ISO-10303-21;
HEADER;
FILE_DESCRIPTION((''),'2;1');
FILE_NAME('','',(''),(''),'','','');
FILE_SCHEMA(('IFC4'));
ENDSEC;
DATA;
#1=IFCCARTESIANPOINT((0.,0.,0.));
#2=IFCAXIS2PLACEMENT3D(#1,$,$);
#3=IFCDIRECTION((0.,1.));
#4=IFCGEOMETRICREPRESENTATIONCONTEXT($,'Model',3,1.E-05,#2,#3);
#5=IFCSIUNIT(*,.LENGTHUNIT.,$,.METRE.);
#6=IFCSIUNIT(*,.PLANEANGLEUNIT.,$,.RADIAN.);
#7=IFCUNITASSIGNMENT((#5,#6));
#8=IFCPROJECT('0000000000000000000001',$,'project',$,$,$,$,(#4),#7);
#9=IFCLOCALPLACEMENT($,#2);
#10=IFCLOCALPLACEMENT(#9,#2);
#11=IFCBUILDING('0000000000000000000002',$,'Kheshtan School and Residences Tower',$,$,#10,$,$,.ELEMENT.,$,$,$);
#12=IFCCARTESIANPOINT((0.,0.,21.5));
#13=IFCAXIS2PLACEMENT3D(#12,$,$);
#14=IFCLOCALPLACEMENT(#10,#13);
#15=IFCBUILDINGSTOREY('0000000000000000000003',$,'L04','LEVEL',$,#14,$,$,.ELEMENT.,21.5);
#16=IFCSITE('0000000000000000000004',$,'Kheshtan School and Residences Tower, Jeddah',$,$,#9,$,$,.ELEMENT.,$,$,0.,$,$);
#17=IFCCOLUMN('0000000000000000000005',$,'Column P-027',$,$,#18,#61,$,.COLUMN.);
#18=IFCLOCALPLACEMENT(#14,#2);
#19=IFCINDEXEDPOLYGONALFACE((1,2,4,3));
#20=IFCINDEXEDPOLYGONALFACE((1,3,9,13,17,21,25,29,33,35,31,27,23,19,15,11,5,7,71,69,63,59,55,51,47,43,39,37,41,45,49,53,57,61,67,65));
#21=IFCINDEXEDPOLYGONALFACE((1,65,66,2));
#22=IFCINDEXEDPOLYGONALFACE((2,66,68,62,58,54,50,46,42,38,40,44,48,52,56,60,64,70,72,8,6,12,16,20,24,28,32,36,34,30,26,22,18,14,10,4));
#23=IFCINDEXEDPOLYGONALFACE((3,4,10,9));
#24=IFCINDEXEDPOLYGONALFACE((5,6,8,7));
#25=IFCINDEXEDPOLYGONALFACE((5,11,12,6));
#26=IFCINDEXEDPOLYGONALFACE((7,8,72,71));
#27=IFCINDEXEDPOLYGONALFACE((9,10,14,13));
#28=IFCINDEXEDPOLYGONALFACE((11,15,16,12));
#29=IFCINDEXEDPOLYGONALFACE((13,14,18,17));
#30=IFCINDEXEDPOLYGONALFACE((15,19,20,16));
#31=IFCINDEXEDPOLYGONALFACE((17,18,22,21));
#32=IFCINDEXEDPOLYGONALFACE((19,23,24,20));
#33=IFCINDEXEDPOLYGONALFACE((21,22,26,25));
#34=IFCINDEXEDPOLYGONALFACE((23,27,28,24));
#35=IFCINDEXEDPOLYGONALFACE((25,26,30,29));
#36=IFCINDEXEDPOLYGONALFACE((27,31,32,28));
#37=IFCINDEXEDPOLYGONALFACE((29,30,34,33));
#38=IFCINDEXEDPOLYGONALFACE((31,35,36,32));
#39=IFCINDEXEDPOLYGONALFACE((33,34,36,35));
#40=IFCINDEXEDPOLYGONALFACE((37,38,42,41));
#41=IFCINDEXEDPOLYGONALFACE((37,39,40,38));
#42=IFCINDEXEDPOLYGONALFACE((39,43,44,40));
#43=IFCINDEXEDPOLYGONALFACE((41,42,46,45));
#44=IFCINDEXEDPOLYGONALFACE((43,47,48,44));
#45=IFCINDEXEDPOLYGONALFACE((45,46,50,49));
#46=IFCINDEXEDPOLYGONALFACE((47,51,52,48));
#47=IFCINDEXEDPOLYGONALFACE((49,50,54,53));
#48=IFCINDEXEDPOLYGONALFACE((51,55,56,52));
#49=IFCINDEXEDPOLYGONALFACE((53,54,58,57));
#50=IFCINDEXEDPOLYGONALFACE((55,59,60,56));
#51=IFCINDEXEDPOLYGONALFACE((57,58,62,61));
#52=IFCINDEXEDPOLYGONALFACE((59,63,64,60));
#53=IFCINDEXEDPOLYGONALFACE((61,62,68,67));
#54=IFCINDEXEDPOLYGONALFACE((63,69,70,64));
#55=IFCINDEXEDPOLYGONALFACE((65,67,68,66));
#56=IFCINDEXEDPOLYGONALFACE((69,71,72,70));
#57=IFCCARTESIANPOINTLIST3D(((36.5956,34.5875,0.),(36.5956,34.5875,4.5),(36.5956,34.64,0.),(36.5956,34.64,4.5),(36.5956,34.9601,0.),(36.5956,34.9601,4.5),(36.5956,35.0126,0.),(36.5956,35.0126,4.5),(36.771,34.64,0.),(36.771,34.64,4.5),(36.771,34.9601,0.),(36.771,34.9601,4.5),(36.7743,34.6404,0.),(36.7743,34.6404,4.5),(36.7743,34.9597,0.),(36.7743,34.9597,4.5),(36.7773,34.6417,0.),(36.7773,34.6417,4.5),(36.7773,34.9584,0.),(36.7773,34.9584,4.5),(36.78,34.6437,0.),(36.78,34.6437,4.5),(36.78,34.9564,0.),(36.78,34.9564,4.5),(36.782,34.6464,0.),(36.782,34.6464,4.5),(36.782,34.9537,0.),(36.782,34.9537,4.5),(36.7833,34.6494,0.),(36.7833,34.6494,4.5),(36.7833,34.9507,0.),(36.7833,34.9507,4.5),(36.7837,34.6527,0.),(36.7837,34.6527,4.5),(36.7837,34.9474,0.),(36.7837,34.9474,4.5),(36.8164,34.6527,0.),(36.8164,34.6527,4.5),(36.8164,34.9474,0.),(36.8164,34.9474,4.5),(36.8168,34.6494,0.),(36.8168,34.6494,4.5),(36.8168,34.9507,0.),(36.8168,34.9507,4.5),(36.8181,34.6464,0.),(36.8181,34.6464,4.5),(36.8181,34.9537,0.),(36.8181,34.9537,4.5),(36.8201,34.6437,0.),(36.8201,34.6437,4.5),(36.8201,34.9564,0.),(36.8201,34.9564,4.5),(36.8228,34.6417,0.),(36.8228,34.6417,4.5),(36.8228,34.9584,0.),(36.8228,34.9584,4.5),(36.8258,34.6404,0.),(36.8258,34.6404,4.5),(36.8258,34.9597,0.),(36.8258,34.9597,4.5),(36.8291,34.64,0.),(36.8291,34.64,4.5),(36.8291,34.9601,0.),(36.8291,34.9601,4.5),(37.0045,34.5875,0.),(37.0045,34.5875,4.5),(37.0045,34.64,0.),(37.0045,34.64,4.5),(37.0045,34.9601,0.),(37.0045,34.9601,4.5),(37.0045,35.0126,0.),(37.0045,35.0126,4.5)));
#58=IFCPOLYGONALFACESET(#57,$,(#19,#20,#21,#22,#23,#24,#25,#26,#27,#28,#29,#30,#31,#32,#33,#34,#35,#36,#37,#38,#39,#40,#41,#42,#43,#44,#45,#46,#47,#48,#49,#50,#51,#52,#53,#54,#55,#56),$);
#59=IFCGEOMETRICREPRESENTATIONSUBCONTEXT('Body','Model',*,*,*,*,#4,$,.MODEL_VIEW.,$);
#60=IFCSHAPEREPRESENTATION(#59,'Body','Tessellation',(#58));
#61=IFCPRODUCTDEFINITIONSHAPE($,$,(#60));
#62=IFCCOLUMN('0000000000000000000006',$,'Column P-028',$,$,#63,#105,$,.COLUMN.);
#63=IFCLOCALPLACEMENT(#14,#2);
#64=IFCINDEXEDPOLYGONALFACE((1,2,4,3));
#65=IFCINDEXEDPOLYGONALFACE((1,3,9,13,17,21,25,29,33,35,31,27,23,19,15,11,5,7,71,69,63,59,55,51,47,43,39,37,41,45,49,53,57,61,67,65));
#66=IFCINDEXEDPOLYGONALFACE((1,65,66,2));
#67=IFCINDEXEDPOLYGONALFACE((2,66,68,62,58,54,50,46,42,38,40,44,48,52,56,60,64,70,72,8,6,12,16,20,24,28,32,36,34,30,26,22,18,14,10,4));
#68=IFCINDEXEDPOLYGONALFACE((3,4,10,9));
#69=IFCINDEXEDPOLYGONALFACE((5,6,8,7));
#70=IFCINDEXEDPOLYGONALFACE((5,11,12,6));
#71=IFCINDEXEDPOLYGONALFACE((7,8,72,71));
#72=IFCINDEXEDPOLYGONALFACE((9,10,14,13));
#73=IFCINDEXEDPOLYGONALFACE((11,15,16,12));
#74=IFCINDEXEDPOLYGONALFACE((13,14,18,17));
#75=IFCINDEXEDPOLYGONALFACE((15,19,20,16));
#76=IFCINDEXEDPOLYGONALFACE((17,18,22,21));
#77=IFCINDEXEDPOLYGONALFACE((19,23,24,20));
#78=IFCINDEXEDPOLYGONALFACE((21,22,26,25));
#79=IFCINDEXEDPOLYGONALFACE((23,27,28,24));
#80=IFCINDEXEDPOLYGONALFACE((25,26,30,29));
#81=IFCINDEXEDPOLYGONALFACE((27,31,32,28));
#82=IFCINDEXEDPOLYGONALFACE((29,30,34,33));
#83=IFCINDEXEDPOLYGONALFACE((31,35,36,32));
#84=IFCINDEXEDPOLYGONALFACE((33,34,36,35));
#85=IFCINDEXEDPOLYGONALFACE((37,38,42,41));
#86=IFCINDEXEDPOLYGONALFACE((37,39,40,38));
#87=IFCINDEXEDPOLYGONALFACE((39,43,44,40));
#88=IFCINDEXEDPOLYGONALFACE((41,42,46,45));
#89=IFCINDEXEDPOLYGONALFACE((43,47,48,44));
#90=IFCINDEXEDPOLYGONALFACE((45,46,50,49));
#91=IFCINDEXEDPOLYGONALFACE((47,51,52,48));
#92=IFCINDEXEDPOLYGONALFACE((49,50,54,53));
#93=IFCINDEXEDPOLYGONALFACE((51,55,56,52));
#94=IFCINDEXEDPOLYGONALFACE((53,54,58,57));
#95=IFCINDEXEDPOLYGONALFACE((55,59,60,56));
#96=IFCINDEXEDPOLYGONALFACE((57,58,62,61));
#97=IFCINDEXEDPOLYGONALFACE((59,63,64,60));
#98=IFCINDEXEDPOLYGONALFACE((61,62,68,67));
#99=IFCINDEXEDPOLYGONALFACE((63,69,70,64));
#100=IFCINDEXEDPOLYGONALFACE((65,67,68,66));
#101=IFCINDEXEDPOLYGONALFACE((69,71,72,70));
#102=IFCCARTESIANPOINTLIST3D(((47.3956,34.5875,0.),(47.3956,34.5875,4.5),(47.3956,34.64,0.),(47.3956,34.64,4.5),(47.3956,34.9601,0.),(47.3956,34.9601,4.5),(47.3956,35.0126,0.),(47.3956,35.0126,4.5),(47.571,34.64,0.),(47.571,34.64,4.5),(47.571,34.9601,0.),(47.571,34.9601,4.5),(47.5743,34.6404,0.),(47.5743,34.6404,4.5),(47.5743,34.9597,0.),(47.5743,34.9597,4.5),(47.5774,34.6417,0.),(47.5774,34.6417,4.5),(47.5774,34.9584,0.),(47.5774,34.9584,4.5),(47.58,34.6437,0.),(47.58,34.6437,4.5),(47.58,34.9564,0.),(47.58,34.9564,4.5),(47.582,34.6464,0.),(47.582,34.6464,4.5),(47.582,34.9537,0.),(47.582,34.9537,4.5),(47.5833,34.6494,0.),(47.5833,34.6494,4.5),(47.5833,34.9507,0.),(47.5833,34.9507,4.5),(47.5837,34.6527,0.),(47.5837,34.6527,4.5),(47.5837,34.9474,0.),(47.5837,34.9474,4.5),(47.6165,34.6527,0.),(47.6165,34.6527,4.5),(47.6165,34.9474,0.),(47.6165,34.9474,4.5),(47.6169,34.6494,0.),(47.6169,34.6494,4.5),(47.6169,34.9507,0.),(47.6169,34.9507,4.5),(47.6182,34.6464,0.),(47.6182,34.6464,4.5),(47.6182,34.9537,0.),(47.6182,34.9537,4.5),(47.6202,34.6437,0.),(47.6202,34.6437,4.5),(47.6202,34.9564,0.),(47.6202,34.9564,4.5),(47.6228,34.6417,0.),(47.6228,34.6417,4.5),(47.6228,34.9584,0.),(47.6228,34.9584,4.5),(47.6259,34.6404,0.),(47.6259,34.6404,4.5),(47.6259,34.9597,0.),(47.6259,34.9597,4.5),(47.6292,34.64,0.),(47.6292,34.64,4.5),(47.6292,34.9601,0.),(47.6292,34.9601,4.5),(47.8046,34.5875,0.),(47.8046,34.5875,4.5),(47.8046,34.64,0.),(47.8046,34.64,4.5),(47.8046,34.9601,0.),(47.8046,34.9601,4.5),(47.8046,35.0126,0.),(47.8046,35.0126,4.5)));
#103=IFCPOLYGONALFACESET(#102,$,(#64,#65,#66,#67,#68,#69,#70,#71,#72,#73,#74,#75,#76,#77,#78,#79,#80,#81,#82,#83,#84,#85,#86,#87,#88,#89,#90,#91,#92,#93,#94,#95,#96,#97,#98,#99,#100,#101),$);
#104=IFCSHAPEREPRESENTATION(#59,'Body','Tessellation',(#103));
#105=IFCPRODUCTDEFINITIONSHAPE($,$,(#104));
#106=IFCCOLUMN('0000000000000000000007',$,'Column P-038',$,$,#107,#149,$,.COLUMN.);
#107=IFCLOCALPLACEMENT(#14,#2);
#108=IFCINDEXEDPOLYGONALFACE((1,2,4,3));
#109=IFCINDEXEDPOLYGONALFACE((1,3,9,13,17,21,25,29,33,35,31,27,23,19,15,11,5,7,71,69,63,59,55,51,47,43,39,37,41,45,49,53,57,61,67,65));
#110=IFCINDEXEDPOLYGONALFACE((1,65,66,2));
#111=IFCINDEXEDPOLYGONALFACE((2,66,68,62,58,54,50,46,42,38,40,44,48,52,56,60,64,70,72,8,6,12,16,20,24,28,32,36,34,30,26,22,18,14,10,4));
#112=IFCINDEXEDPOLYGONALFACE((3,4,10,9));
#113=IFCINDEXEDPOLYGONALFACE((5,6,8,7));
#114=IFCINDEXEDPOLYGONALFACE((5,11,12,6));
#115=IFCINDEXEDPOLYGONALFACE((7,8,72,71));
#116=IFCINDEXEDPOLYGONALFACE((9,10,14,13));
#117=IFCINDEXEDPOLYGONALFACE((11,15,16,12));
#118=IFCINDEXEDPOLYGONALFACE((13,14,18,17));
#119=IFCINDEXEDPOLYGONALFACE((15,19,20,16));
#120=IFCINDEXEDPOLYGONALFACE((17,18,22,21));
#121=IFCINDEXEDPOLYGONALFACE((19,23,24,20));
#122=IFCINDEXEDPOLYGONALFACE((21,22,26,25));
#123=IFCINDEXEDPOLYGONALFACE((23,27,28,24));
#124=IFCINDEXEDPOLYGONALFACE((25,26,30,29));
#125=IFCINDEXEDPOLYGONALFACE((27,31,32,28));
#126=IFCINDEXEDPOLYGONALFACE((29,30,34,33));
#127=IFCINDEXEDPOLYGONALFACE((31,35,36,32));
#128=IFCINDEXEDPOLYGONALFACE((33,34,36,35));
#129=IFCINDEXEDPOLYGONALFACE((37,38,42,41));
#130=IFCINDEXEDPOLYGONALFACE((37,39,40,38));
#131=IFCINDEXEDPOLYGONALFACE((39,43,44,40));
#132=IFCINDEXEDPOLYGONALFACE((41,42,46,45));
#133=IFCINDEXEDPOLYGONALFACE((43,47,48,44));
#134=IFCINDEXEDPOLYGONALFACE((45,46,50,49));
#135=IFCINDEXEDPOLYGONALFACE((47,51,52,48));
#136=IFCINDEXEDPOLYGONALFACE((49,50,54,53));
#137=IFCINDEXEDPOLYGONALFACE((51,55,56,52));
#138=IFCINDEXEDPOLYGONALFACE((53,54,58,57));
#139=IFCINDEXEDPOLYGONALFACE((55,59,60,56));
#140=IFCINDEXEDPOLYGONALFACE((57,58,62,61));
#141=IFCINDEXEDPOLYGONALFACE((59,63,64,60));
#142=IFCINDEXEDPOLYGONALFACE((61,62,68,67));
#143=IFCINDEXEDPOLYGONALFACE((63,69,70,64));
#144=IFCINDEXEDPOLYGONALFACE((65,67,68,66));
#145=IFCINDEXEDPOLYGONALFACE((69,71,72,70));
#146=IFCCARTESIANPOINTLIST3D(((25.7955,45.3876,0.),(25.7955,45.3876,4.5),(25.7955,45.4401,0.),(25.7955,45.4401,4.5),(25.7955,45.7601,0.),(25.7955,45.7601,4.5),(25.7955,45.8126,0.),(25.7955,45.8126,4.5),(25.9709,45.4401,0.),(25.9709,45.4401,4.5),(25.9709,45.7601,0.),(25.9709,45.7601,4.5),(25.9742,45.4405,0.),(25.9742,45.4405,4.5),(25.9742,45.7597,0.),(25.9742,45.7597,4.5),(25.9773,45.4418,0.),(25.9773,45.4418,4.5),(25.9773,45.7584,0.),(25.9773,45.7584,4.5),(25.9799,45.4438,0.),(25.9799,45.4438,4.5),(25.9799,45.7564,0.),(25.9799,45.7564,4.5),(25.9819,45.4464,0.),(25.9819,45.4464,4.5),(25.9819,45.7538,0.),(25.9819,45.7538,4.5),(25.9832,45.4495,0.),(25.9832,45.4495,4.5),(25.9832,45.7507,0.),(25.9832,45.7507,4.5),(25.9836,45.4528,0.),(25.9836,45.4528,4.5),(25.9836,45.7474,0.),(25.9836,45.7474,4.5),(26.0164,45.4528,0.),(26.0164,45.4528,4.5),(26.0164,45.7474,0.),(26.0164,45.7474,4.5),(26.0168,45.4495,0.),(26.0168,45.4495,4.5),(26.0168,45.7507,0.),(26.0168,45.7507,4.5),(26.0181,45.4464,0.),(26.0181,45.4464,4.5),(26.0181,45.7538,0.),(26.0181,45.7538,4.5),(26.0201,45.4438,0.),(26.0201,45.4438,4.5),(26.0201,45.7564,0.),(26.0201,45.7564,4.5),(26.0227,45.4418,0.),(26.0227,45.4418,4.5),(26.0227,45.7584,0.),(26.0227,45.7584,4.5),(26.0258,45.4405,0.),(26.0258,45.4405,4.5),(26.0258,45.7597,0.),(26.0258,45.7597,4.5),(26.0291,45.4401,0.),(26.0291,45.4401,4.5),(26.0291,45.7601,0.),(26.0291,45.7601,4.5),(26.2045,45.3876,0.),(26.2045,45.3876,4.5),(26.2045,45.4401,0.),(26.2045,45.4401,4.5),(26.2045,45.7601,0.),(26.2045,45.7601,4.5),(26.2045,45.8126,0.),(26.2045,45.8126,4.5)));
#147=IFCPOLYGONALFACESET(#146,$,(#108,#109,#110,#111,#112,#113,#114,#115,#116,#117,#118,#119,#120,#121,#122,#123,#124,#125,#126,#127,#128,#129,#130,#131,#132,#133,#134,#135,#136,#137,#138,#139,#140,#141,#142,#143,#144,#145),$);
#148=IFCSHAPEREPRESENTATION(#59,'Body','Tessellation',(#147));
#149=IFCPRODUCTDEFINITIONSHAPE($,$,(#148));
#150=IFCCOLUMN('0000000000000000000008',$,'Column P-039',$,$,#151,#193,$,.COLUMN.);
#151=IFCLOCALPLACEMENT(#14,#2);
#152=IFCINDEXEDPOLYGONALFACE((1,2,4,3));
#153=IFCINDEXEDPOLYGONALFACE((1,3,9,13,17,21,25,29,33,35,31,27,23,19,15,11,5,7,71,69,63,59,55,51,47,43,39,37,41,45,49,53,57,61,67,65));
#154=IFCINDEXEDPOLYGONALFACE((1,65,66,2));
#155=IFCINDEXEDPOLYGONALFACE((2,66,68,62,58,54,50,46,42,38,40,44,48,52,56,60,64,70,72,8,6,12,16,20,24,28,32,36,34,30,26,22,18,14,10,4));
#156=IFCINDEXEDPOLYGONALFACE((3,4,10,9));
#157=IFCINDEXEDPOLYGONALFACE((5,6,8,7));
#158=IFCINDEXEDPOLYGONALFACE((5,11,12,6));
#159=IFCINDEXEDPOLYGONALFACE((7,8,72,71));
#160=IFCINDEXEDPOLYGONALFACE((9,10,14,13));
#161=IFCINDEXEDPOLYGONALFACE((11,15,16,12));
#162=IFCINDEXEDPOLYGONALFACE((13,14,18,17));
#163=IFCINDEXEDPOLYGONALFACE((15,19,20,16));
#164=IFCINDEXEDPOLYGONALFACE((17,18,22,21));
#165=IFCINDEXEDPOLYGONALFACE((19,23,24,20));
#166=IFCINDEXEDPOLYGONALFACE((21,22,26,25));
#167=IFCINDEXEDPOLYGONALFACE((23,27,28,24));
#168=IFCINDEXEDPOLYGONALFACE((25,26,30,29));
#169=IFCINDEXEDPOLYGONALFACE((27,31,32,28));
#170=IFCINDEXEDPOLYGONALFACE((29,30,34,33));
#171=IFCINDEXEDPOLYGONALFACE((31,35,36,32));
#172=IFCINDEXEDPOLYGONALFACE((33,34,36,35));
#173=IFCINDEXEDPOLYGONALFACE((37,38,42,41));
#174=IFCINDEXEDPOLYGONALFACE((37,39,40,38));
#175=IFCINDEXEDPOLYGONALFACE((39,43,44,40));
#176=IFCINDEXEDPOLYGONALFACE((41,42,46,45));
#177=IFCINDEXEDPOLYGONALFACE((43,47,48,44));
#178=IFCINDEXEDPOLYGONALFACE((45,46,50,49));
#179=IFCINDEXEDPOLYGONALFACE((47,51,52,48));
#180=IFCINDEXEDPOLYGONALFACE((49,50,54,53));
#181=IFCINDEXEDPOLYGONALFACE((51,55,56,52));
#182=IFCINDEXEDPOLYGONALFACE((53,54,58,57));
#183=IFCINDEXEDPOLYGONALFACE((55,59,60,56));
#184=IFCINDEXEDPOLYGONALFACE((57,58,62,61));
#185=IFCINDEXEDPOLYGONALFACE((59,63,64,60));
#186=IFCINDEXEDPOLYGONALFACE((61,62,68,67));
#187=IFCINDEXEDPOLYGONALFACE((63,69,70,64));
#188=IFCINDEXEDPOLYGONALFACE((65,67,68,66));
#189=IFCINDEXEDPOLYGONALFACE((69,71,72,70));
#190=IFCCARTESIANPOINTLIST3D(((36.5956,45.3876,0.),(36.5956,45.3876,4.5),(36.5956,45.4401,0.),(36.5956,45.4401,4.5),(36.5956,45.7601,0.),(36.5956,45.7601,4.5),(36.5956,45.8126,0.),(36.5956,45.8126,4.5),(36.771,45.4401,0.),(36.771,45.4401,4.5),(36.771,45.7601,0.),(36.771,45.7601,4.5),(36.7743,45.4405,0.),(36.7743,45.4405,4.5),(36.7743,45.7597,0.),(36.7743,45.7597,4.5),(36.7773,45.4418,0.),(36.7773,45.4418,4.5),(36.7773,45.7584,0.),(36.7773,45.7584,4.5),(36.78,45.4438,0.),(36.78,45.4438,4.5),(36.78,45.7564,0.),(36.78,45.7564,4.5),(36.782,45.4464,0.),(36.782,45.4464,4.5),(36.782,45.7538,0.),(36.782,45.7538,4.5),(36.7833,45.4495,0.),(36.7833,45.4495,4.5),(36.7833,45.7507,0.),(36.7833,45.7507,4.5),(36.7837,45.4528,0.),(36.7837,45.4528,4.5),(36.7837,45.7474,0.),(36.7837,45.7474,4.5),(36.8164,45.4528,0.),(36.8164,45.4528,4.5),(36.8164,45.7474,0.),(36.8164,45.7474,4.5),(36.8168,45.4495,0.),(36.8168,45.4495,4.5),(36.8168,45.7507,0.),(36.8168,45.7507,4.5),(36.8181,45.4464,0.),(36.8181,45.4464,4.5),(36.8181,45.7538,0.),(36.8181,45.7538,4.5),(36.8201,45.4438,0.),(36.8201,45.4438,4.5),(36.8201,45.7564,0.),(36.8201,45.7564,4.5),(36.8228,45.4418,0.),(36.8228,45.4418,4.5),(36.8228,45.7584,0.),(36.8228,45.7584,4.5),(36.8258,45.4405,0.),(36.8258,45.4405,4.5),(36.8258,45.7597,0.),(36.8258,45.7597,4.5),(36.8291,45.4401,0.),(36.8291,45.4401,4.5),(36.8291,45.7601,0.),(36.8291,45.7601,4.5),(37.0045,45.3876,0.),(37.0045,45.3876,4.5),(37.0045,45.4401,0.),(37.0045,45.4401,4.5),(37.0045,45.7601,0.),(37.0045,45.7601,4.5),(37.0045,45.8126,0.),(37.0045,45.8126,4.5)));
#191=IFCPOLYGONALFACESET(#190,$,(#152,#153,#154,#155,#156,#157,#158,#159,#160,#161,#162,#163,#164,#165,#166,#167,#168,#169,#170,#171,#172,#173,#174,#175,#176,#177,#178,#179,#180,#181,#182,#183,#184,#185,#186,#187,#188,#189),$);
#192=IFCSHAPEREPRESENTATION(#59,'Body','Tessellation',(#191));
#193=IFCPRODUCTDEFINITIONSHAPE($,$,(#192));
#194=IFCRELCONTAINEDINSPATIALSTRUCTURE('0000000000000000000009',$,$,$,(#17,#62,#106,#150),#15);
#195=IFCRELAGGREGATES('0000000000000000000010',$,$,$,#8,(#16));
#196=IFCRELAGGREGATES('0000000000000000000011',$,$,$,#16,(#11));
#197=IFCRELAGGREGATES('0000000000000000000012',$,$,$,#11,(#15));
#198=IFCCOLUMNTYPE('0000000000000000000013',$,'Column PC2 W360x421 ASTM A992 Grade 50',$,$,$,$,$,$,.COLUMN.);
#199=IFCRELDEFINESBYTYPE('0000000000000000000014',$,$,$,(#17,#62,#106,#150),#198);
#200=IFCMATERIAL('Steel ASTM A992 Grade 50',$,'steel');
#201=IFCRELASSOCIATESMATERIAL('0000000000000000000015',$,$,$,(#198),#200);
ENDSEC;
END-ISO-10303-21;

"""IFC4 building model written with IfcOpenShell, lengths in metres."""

from ifc_helpers import new_model, si_unit, direction, frame, origin, origin_2d, place, context, subcontext, project, spatial, i_section, extrude, material, material_profile, profile_set, type_object, element, save


model = new_model("IFC4")

# Units and contexts
model_context = context("Model", 3, precision=1e-05, world=origin(), true_north=direction((0.0, 1.0)))
body_context = subcontext(model_context, "Body", "Model", "MODEL_VIEW")
ifc_project = project(units=[si_unit("LENGTHUNIT", "METRE"), si_unit("PLANEANGLEUNIT", "RADIAN")], contexts=[model_context])

# Site, building, storey
site_placement = place(None, origin())
site = spatial("IfcSite", under=ifc_project, at=site_placement, Name="Kheshtan School and Residences Tower, Jeddah", CompositionType="ELEMENT", RefElevation=0.0)
building_placement = place(site_placement, origin())
building = spatial("IfcBuilding", under=site, at=building_placement, Name="Kheshtan School and Residences Tower", CompositionType="ELEMENT")
storey_placement = place(building_placement, frame((0.0, 0.0, 21.5)))
storey = spatial("IfcBuildingStorey", under=building, at=storey_placement, Name="L04", Description="LEVEL", CompositionType="ELEMENT", Elevation=21.5)

# Columns
ifc_material_1 = material(Name="Steel ASTM A992 Grade 50", Category="steel")
ifc_material_profile_1 = material_profile(ifc_material_1, i_section(OverallWidth=0.4089, OverallDepth=0.425, WebThickness=0.0327, FlangeThickness=0.0525, FilletRadius=0.0127, at=origin_2d()), Name="W360x421")
ifc_profile_set_1 = profile_set([ifc_material_profile_1], Name="Steel ASTM A992 Grade 50")
column_type = type_object("IfcColumnType", Name="Column PC2 W360x421 ASTM A992 Grade 50", PredefinedType="COLUMN", material=ifc_profile_set_1)
for number, where, z_axis, x_axis, name in (
    (1, (36.8, 34.8, 0.0), (0.0, 0.0, 1.0), (1.0, 0.0, 0.0), "Column P-027"),
    (2, (47.6001, 34.8, 0.0), (0.0, 0.0, 1.0), (1.0, 0.0, 0.0), "Column P-028"),
    (3, (26.0, 45.6001, 0.0), (0.0, 0.0, 1.0), (1.0, 0.0, 0.0), "Column P-038"),
    (4, (36.8, 45.6001, 0.0), (0.0, 0.0, 1.0), (1.0, 0.0, 0.0), "Column P-039"),
):
    element("IfcColumn", number, at=place(storey_placement, frame(where, z_axis=z_axis, x_axis=x_axis)), inside=storey, type_object=column_type, Name=name, PredefinedType="COLUMN", context=body_context, shape_type="SweptSolid", body=[
        extrude(i_section(OverallWidth=0.4089, OverallDepth=0.425, WebThickness=0.0327, FlangeThickness=0.0525, FilletRadius=0.0127, at=origin_2d()), origin(), (0.0, 0.0, 1.0), 4.5),
    ])

save(model, "model.ifc")
